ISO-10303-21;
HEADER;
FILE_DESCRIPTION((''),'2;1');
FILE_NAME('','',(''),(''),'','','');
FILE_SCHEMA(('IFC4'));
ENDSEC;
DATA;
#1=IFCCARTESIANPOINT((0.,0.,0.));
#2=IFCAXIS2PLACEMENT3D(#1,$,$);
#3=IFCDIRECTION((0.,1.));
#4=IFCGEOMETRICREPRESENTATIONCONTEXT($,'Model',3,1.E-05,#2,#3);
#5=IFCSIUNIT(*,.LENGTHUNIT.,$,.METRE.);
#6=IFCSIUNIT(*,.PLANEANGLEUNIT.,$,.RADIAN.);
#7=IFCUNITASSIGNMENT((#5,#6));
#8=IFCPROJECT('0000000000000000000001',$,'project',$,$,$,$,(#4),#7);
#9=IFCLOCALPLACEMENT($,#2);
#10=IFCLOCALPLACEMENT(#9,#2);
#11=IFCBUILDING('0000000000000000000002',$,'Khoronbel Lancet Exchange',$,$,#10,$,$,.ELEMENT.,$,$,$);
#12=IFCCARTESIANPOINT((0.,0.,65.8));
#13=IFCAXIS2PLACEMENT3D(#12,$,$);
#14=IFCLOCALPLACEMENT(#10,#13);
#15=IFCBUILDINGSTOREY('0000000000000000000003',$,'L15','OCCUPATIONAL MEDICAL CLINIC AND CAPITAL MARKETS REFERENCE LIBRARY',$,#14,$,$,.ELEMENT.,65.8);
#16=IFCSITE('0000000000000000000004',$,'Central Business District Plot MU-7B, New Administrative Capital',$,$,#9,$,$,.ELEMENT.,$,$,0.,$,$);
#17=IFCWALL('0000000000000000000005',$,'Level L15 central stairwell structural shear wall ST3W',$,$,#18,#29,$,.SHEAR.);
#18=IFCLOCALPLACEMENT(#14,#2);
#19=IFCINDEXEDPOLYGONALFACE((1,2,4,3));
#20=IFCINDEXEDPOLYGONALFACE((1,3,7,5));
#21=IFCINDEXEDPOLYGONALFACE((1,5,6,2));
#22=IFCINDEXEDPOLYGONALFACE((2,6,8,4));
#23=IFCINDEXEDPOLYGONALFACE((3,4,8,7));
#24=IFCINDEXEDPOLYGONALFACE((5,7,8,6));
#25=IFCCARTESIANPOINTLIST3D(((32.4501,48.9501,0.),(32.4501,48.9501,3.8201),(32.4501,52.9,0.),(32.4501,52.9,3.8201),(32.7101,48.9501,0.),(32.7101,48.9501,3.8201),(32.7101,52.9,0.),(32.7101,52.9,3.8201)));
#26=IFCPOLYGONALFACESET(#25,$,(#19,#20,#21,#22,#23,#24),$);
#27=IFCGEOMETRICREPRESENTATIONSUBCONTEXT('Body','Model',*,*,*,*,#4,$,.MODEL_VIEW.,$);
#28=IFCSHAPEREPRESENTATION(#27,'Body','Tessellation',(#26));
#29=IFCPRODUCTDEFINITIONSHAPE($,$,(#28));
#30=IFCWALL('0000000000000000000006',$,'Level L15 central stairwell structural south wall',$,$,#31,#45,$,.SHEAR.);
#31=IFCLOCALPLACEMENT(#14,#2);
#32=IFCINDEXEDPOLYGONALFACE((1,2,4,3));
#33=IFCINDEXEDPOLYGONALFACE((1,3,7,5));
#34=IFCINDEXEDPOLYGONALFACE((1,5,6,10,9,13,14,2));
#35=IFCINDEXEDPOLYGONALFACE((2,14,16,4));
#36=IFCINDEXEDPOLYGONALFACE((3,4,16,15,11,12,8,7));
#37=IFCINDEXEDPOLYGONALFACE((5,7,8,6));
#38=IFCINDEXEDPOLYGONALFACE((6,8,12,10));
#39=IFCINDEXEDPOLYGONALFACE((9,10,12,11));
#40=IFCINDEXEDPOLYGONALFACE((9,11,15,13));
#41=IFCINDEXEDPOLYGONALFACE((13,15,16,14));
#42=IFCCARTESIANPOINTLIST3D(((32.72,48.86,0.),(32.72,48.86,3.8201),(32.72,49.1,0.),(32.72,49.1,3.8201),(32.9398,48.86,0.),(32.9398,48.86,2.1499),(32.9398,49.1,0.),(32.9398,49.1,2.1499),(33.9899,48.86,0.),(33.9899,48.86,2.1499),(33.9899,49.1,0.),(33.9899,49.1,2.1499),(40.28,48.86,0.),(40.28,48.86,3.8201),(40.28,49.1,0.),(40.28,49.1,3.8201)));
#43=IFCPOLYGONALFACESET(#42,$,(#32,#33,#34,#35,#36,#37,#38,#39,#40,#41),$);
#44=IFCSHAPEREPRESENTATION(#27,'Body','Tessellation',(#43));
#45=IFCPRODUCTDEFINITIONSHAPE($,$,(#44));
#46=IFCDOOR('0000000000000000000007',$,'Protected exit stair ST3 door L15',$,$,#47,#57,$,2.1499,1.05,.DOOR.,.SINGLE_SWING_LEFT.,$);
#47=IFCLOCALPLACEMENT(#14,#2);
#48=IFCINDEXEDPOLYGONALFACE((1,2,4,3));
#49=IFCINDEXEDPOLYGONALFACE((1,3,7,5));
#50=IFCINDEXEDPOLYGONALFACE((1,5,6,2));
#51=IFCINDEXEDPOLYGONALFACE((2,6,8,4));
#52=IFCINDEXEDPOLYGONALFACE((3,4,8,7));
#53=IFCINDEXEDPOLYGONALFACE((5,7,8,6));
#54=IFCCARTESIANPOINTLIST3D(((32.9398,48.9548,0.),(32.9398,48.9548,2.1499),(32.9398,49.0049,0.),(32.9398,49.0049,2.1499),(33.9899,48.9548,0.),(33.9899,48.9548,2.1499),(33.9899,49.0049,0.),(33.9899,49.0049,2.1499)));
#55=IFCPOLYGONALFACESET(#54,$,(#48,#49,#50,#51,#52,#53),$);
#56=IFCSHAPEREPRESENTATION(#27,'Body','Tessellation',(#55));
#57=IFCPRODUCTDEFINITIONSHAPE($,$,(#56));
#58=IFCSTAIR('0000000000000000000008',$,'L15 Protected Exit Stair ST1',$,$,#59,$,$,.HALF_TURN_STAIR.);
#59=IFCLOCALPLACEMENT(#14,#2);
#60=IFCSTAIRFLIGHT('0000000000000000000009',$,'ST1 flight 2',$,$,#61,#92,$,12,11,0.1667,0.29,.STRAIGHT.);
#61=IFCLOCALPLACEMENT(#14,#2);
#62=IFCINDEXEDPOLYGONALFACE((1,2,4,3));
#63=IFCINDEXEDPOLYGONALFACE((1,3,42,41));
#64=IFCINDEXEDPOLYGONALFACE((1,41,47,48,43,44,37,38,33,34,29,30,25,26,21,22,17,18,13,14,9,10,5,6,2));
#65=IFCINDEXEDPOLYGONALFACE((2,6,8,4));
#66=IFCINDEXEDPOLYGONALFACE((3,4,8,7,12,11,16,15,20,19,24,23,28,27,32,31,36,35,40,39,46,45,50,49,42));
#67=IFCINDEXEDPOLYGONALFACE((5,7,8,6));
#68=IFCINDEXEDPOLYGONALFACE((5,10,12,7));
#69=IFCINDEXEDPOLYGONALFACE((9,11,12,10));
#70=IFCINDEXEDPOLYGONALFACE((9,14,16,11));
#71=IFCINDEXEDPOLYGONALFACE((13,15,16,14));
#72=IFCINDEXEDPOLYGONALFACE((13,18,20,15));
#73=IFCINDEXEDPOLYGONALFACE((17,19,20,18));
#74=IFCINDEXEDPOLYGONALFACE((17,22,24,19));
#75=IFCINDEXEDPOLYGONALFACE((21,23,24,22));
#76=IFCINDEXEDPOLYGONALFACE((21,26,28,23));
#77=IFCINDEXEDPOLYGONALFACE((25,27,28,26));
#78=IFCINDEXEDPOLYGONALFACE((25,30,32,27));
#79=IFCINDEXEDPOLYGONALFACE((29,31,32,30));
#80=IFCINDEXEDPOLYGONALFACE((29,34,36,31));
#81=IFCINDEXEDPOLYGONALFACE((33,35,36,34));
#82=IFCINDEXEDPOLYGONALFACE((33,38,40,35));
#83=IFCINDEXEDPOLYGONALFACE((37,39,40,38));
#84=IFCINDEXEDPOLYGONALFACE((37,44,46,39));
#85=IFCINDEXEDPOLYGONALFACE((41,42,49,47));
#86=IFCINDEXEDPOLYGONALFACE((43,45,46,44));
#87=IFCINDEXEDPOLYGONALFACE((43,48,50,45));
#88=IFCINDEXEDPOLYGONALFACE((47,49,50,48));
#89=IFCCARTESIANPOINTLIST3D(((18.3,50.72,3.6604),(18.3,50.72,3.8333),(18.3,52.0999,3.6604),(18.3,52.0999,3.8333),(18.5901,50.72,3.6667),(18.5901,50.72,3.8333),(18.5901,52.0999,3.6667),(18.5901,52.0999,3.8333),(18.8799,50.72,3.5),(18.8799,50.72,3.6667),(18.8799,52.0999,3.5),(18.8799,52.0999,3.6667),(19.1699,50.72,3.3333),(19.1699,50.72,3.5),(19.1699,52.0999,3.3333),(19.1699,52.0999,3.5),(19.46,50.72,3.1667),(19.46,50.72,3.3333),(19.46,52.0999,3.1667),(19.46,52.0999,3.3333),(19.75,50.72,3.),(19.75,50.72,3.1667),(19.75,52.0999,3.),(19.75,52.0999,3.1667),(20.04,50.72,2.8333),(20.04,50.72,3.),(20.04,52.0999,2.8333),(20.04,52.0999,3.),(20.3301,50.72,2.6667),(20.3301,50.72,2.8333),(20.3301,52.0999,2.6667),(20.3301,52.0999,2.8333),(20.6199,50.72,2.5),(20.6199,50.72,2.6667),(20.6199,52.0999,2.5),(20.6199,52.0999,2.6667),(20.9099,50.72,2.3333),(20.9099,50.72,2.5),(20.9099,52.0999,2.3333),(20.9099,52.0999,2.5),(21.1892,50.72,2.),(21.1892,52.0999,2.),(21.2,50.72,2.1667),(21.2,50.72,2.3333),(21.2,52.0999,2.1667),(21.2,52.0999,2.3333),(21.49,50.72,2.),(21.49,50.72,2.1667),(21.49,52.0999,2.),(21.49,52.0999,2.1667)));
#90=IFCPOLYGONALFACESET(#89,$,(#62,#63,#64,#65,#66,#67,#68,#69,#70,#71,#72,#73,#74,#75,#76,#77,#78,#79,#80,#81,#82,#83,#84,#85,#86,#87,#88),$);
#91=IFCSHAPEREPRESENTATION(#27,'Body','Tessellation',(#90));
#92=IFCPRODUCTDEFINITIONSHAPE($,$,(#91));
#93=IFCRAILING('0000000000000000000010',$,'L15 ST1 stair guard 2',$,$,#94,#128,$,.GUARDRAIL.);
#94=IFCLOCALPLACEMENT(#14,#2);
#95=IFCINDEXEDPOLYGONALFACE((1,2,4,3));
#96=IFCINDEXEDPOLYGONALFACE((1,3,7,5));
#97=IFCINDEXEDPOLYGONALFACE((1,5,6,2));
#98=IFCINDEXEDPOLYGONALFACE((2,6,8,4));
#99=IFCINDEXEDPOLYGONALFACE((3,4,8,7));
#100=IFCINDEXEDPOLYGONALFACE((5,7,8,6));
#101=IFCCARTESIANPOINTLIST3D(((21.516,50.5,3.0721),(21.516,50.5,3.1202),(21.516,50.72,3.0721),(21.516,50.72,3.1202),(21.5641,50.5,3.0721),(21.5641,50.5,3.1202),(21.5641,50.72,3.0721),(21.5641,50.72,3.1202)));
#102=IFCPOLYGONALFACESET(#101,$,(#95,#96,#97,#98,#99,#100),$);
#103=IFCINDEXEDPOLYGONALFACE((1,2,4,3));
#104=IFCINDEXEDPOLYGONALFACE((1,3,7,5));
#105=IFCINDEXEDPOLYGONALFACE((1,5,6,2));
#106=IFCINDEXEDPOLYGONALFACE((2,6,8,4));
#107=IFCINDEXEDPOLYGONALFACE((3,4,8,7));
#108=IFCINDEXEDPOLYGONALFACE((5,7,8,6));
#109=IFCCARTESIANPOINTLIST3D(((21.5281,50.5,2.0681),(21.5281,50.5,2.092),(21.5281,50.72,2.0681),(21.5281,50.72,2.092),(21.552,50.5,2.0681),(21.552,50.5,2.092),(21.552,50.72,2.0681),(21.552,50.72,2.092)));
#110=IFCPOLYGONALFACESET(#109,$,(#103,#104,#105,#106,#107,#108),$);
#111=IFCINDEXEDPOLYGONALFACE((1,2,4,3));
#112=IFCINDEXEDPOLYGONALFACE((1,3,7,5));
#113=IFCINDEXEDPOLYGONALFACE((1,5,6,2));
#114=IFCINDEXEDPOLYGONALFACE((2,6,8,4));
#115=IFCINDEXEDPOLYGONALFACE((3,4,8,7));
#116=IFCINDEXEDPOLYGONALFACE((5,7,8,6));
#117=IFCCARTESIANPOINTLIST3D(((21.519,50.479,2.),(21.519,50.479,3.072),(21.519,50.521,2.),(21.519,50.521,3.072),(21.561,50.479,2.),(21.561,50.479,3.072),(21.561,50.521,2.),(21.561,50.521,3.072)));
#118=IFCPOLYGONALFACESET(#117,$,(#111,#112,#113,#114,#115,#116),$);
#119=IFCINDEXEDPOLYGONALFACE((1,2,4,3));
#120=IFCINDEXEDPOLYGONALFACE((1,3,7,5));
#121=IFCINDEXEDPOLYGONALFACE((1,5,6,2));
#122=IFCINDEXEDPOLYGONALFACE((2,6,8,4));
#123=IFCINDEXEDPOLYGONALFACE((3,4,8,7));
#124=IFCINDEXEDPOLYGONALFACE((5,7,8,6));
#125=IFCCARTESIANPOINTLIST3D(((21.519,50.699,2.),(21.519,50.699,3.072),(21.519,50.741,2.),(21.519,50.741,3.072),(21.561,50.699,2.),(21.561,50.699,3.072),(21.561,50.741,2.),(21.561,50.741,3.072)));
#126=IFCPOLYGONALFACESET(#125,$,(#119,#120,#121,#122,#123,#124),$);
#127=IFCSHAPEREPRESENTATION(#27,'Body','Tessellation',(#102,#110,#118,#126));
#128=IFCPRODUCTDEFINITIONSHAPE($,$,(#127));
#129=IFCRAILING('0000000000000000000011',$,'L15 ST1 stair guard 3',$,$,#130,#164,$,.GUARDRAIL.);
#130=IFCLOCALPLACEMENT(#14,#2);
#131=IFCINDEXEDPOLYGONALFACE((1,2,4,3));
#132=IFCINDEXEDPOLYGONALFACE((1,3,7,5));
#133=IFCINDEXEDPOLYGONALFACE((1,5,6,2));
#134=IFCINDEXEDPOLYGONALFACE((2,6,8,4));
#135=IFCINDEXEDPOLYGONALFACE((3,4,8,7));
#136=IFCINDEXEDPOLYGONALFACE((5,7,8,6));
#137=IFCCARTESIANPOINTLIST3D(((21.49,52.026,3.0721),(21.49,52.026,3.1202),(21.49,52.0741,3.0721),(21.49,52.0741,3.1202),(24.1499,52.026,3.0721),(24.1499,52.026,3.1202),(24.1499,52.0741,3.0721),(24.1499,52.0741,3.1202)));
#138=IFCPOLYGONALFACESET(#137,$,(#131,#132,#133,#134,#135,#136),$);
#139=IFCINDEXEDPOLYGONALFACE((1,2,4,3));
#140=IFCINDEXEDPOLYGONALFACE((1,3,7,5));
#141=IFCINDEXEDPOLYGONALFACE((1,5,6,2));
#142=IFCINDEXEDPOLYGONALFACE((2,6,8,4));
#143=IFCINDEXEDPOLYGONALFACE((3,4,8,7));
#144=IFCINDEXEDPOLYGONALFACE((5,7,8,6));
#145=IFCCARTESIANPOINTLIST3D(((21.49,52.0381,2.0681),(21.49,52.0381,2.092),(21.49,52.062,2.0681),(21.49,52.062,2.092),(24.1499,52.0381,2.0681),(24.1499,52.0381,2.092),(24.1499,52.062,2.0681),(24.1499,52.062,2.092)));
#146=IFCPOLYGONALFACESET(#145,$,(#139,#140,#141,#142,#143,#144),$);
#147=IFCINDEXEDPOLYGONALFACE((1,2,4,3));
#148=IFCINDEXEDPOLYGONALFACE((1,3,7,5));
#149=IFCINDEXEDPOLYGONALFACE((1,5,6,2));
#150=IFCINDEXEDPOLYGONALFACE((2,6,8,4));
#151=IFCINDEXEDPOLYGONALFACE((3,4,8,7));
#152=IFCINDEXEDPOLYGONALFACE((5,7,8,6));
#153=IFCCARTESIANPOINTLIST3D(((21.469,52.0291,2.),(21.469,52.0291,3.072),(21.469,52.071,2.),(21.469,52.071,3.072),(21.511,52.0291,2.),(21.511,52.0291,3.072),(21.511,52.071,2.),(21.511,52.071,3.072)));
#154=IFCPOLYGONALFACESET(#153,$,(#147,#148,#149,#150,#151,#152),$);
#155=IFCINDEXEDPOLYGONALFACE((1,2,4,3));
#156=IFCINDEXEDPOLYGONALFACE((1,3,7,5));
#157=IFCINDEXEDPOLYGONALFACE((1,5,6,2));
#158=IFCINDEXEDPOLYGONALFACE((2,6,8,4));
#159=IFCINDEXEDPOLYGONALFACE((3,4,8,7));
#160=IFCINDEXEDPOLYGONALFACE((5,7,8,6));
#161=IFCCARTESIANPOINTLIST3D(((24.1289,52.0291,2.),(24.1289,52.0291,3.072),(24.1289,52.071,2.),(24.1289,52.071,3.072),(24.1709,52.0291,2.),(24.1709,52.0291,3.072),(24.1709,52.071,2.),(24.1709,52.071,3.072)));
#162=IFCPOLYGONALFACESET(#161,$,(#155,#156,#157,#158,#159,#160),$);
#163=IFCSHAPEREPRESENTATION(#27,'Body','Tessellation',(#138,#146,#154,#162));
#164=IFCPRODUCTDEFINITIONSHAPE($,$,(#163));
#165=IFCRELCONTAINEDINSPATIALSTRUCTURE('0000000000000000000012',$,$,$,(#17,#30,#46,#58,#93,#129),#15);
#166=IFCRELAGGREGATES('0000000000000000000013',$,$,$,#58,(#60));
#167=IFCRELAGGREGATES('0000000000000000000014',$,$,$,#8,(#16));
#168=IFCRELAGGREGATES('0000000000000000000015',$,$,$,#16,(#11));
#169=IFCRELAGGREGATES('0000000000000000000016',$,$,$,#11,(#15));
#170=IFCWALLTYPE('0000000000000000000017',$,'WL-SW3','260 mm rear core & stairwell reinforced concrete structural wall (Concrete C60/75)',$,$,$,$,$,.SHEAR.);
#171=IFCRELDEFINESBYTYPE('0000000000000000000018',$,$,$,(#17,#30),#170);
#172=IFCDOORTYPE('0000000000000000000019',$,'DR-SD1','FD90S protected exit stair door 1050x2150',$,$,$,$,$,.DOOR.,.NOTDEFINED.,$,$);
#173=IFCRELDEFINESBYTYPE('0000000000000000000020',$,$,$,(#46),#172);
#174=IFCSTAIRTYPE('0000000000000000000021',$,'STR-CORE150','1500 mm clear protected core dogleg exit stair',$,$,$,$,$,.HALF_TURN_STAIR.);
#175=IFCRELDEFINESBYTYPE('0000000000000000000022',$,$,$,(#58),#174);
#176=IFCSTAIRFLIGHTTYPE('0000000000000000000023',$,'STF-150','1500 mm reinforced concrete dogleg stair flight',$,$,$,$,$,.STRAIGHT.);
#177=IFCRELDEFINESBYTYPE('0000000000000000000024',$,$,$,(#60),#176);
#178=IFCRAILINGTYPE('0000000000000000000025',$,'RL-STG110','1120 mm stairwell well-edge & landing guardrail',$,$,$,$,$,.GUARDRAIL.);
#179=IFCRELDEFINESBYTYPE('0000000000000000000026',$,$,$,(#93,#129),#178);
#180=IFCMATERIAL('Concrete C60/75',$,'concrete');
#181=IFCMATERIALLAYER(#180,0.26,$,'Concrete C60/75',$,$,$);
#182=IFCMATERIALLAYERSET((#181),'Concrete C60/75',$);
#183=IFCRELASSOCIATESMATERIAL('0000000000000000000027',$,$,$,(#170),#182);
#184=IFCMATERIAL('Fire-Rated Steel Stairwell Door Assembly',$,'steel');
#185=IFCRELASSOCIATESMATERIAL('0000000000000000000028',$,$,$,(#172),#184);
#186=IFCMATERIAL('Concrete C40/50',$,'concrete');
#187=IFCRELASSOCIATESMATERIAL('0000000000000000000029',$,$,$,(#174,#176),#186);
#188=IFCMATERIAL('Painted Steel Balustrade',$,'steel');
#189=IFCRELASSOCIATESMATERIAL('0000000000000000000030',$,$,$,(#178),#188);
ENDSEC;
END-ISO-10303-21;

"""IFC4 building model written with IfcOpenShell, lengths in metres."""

from ifc_helpers import new_model, si_unit, direction, frame, frame_2d, origin, origin_2d, place, context, subcontext, project, spatial, polyline, rectangle, outline, extrude, material, layer, layer_set, type_object, element, fill, aggregate, save


model = new_model("IFC4")

# Units and contexts
model_context = context("Model", 3, precision=1e-05, world=origin(), true_north=direction((0.0, 1.0)))
body_context = subcontext(model_context, "Body", "Model", "MODEL_VIEW")
ifc_project = project(units=[si_unit("LENGTHUNIT", "METRE"), si_unit("PLANEANGLEUNIT", "RADIAN")], contexts=[model_context])

# Site, building, storey
site_placement = place(None, origin())
site = spatial("IfcSite", under=ifc_project, at=site_placement, Name="Central Business District Plot MU-7B, New Administrative Capital", CompositionType="ELEMENT", RefElevation=0.0)
building_placement = place(site_placement, origin())
building = spatial("IfcBuilding", under=site, at=building_placement, Name="Khoronbel Lancet Exchange", CompositionType="ELEMENT")
storey_placement = place(building_placement, frame((0.0, 0.0, 65.8)))
storey = spatial("IfcBuildingStorey", under=building, at=storey_placement, Name="L15", Description="OCCUPATIONAL MEDICAL CLINIC AND CAPITAL MARKETS REFERENCE LIBRARY", CompositionType="ELEMENT", Elevation=65.8)

# Wall
ifc_material_1 = material(Name="Concrete C60/75", Category="concrete")
ifc_layer_1 = layer(ifc_material_1, 0.26, Name="Concrete C60/75")
ifc_layer_set_1 = layer_set([ifc_layer_1], Name="Concrete C60/75")
wall_type_1 = type_object("IfcWallType", Name="WL-SW3", Description="260 mm rear core & stairwell reinforced concrete structural wall (Concrete C60/75)", PredefinedType="SHEAR", material=ifc_layer_set_1)
wall_1_placement = place(storey_placement, frame((32.5801, 48.95, 0.0), z_axis=(0.0, 0.0, 1.0), x_axis=(0.0, 1.0, 0.0)))
element("IfcWall", 1, at=wall_1_placement, inside=storey, type_object=wall_type_1, Name="Level L15 central stairwell structural shear wall ST3W", PredefinedType="SHEAR", context=body_context, shape_type="SweptSolid", body=[
    extrude(rectangle(XDim=3.95, YDim=0.26, at=frame_2d((1.9751, 0.0))), origin(), (0.0, 0.0, 1.0), 3.8201),
])

# Wall, opening, door
wall_2_placement = place(storey_placement, frame((32.72, 48.98, 0.0), z_axis=(0.0, 0.0, 1.0), x_axis=(1.0, 0.0, 0.0)))
wall_2 = element("IfcWall", 2, at=wall_2_placement, inside=storey, type_object=wall_type_1, Name="Level L15 central stairwell structural south wall", PredefinedType="SHEAR", context=body_context, shape_type="SweptSolid", body=[
    extrude(rectangle(XDim=7.5601, YDim=0.24, at=frame_2d((3.78, 0.0))), origin(), (0.0, 0.0, 1.0), 3.8201),
])
opening_1_placement = place(wall_2_placement, frame((0.22, 0.0, 0.0)))
opening_1 = element("IfcOpeningElement", 3, at=opening_1_placement, cuts=wall_2, PredefinedType="OPENING", context=body_context, shape_type="SweptSolid", body=[
    extrude(rectangle(XDim=1.05, YDim=2.1499, at=frame_2d((0.5249, 1.075))), frame((0.0, 0.1299, 0.0), z_axis=(0.0, -1.0, 0.0), x_axis=(1.0, 0.0, 0.0)), (0.0, 0.0, 1.0), 0.26),
])
ifc_material_2 = material(Name="Fire-Rated Steel Stairwell Door Assembly", Category="steel")
door_type_1 = type_object("IfcDoorType", Name="DR-SD1", Description="FD90S protected exit stair door 1050x2150", OperationType="NOTDEFINED", PredefinedType="DOOR", material=ifc_material_2)
door_1_placement = place(opening_1_placement, origin())
door_1 = element("IfcDoor", 4, at=door_1_placement, inside=storey, type_object=door_type_1, Name="Protected exit stair ST3 door L15", OperationType="SINGLE_SWING_LEFT", OverallHeight=2.1499, OverallWidth=1.05, PredefinedType="DOOR", context=body_context, shape_type="SweptSolid", body=[
    extrude(rectangle(XDim=1.05, YDim=2.1499, at=frame_2d((0.5249, 1.075))), frame((0.0, 0.0249, 0.0), z_axis=(0.0, -1.0, 0.0), x_axis=(1.0, 0.0, 0.0)), (0.0, 0.0, 1.0), 0.05),
])
fill(opening_1, door_1)

# Stair, stair flight
ifc_material_3 = material(Name="Concrete C40/50", Category="concrete")
stair_type = type_object("IfcStairType", Name="STR-CORE150", Description="1500 mm clear protected core dogleg exit stair", PredefinedType="HALF_TURN_STAIR", material=ifc_material_3)
stair_placement = place(storey_placement, origin())
stair = element("IfcStair", 5, at=stair_placement, inside=storey, type_object=stair_type, Name="L15 Protected Exit Stair ST1", PredefinedType="HALF_TURN_STAIR")
stair_flight_type = type_object("IfcStairFlightType", Name="STF-150", Description="1500 mm reinforced concrete dogleg stair flight", PredefinedType="STRAIGHT", material=ifc_material_3)
stair_flight_placement = place(storey_placement, frame((21.49, 51.4099, 2.0), z_axis=(0.0, 0.0, 1.0), x_axis=(-1.0, 0.0, 0.0)))
stair_flight = element("IfcStairFlight", 6, at=stair_flight_placement, type_object=stair_flight_type, Name="ST1 flight 2", NumberOfRisers=12, NumberOfTreads=11, PredefinedType="STRAIGHT", RiserHeight=0.1667, TreadLength=0.29, context=body_context, shape_type="SweptSolid", body=[
    extrude(outline(polyline([(0.0, 0.0), (0.0, 0.1667), (0.29, 0.1667), (0.29, 0.3333), (0.5801, 0.3333), (0.5801, 0.5), (0.8701, 0.5), (0.8701, 0.6667), (1.1599, 0.6667), (1.1599, 0.8333), (1.45, 0.8333), (1.45, 1.0), (1.74, 1.0), (1.74, 1.1667), (2.03, 1.1667), (2.03, 1.3333), (2.3201, 1.3333), (2.3201, 1.5), (2.6101, 1.5), (2.6101, 1.6667), (2.8999, 1.6667), (2.8999, 1.8333), (3.1899, 1.8333), (3.1899, 2.0), (3.1899, 1.6604), (0.3008, 0.0), (0.0, 0.0)])), frame((0.0, 0.6899, 0.0), z_axis=(0.0, -1.0, 0.0), x_axis=(1.0, 0.0, 0.0)), (0.0, 0.0, 1.0), 1.3799),
])
aggregate(stair, [stair_flight])

# Railings
ifc_material_4 = material(Name="Painted Steel Balustrade", Category="steel")
railing_type_1 = type_object("IfcRailingType", Name="RL-STG110", Description="1120 mm stairwell well-edge & landing guardrail", PredefinedType="GUARDRAIL", material=ifc_material_4)
railing_1_placement = place(storey_placement, frame((21.54, 50.5, 2.0)))
element("IfcRailing", 7, at=railing_1_placement, inside=storey, type_object=railing_type_1, Name="L15 ST1 stair guard 2", PredefinedType="GUARDRAIL", context=body_context, shape_type="SweptSolid", body=[
    extrude(rectangle(XDim=0.0481, YDim=0.0481, at=origin_2d()), frame((0.0, 0.0, 1.0962), z_axis=(0.0, 1.0, 0.0), x_axis=(-1.0, 0.0, 0.0)), (0.0, 0.0, 1.0), 0.22),
    extrude(rectangle(XDim=0.0239, YDim=0.0239, at=origin_2d()), frame((0.0, 0.0, 0.0801), z_axis=(0.0, 1.0, 0.0), x_axis=(-1.0, 0.0, 0.0)), (0.0, 0.0, 1.0), 0.22),
    extrude(rectangle(XDim=0.042, YDim=0.042, at=origin_2d()), origin(), (0.0, 0.0, 1.0), 1.072),
    extrude(rectangle(XDim=0.042, YDim=0.042, at=origin_2d()), frame((0.0, 0.22, 0.0)), (0.0, 0.0, 1.0), 1.072),
])
railing_2_placement = place(storey_placement, frame((21.49, 52.05, 2.0)))
element("IfcRailing", 8, at=railing_2_placement, inside=storey, type_object=railing_type_1, Name="L15 ST1 stair guard 3", PredefinedType="GUARDRAIL", context=body_context, shape_type="SweptSolid", body=[
    extrude(rectangle(XDim=0.0481, YDim=0.0481, at=origin_2d()), frame((0.0, 0.0, 1.0962), z_axis=(1.0, 0.0, 0.0), x_axis=(0.0, 1.0, 0.0)), (0.0, 0.0, 1.0), 2.6599),
    extrude(rectangle(XDim=0.0239, YDim=0.0239, at=origin_2d()), frame((0.0, 0.0, 0.0801), z_axis=(1.0, 0.0, 0.0), x_axis=(0.0, 1.0, 0.0)), (0.0, 0.0, 1.0), 2.6599),
    extrude(rectangle(XDim=0.042, YDim=0.042, at=origin_2d()), origin(), (0.0, 0.0, 1.0), 1.072),
    extrude(rectangle(XDim=0.042, YDim=0.042, at=origin_2d()), frame((2.6599, 0.0, 0.0)), (0.0, 0.0, 1.0), 1.072),
])

save(model, "model.ifc")
